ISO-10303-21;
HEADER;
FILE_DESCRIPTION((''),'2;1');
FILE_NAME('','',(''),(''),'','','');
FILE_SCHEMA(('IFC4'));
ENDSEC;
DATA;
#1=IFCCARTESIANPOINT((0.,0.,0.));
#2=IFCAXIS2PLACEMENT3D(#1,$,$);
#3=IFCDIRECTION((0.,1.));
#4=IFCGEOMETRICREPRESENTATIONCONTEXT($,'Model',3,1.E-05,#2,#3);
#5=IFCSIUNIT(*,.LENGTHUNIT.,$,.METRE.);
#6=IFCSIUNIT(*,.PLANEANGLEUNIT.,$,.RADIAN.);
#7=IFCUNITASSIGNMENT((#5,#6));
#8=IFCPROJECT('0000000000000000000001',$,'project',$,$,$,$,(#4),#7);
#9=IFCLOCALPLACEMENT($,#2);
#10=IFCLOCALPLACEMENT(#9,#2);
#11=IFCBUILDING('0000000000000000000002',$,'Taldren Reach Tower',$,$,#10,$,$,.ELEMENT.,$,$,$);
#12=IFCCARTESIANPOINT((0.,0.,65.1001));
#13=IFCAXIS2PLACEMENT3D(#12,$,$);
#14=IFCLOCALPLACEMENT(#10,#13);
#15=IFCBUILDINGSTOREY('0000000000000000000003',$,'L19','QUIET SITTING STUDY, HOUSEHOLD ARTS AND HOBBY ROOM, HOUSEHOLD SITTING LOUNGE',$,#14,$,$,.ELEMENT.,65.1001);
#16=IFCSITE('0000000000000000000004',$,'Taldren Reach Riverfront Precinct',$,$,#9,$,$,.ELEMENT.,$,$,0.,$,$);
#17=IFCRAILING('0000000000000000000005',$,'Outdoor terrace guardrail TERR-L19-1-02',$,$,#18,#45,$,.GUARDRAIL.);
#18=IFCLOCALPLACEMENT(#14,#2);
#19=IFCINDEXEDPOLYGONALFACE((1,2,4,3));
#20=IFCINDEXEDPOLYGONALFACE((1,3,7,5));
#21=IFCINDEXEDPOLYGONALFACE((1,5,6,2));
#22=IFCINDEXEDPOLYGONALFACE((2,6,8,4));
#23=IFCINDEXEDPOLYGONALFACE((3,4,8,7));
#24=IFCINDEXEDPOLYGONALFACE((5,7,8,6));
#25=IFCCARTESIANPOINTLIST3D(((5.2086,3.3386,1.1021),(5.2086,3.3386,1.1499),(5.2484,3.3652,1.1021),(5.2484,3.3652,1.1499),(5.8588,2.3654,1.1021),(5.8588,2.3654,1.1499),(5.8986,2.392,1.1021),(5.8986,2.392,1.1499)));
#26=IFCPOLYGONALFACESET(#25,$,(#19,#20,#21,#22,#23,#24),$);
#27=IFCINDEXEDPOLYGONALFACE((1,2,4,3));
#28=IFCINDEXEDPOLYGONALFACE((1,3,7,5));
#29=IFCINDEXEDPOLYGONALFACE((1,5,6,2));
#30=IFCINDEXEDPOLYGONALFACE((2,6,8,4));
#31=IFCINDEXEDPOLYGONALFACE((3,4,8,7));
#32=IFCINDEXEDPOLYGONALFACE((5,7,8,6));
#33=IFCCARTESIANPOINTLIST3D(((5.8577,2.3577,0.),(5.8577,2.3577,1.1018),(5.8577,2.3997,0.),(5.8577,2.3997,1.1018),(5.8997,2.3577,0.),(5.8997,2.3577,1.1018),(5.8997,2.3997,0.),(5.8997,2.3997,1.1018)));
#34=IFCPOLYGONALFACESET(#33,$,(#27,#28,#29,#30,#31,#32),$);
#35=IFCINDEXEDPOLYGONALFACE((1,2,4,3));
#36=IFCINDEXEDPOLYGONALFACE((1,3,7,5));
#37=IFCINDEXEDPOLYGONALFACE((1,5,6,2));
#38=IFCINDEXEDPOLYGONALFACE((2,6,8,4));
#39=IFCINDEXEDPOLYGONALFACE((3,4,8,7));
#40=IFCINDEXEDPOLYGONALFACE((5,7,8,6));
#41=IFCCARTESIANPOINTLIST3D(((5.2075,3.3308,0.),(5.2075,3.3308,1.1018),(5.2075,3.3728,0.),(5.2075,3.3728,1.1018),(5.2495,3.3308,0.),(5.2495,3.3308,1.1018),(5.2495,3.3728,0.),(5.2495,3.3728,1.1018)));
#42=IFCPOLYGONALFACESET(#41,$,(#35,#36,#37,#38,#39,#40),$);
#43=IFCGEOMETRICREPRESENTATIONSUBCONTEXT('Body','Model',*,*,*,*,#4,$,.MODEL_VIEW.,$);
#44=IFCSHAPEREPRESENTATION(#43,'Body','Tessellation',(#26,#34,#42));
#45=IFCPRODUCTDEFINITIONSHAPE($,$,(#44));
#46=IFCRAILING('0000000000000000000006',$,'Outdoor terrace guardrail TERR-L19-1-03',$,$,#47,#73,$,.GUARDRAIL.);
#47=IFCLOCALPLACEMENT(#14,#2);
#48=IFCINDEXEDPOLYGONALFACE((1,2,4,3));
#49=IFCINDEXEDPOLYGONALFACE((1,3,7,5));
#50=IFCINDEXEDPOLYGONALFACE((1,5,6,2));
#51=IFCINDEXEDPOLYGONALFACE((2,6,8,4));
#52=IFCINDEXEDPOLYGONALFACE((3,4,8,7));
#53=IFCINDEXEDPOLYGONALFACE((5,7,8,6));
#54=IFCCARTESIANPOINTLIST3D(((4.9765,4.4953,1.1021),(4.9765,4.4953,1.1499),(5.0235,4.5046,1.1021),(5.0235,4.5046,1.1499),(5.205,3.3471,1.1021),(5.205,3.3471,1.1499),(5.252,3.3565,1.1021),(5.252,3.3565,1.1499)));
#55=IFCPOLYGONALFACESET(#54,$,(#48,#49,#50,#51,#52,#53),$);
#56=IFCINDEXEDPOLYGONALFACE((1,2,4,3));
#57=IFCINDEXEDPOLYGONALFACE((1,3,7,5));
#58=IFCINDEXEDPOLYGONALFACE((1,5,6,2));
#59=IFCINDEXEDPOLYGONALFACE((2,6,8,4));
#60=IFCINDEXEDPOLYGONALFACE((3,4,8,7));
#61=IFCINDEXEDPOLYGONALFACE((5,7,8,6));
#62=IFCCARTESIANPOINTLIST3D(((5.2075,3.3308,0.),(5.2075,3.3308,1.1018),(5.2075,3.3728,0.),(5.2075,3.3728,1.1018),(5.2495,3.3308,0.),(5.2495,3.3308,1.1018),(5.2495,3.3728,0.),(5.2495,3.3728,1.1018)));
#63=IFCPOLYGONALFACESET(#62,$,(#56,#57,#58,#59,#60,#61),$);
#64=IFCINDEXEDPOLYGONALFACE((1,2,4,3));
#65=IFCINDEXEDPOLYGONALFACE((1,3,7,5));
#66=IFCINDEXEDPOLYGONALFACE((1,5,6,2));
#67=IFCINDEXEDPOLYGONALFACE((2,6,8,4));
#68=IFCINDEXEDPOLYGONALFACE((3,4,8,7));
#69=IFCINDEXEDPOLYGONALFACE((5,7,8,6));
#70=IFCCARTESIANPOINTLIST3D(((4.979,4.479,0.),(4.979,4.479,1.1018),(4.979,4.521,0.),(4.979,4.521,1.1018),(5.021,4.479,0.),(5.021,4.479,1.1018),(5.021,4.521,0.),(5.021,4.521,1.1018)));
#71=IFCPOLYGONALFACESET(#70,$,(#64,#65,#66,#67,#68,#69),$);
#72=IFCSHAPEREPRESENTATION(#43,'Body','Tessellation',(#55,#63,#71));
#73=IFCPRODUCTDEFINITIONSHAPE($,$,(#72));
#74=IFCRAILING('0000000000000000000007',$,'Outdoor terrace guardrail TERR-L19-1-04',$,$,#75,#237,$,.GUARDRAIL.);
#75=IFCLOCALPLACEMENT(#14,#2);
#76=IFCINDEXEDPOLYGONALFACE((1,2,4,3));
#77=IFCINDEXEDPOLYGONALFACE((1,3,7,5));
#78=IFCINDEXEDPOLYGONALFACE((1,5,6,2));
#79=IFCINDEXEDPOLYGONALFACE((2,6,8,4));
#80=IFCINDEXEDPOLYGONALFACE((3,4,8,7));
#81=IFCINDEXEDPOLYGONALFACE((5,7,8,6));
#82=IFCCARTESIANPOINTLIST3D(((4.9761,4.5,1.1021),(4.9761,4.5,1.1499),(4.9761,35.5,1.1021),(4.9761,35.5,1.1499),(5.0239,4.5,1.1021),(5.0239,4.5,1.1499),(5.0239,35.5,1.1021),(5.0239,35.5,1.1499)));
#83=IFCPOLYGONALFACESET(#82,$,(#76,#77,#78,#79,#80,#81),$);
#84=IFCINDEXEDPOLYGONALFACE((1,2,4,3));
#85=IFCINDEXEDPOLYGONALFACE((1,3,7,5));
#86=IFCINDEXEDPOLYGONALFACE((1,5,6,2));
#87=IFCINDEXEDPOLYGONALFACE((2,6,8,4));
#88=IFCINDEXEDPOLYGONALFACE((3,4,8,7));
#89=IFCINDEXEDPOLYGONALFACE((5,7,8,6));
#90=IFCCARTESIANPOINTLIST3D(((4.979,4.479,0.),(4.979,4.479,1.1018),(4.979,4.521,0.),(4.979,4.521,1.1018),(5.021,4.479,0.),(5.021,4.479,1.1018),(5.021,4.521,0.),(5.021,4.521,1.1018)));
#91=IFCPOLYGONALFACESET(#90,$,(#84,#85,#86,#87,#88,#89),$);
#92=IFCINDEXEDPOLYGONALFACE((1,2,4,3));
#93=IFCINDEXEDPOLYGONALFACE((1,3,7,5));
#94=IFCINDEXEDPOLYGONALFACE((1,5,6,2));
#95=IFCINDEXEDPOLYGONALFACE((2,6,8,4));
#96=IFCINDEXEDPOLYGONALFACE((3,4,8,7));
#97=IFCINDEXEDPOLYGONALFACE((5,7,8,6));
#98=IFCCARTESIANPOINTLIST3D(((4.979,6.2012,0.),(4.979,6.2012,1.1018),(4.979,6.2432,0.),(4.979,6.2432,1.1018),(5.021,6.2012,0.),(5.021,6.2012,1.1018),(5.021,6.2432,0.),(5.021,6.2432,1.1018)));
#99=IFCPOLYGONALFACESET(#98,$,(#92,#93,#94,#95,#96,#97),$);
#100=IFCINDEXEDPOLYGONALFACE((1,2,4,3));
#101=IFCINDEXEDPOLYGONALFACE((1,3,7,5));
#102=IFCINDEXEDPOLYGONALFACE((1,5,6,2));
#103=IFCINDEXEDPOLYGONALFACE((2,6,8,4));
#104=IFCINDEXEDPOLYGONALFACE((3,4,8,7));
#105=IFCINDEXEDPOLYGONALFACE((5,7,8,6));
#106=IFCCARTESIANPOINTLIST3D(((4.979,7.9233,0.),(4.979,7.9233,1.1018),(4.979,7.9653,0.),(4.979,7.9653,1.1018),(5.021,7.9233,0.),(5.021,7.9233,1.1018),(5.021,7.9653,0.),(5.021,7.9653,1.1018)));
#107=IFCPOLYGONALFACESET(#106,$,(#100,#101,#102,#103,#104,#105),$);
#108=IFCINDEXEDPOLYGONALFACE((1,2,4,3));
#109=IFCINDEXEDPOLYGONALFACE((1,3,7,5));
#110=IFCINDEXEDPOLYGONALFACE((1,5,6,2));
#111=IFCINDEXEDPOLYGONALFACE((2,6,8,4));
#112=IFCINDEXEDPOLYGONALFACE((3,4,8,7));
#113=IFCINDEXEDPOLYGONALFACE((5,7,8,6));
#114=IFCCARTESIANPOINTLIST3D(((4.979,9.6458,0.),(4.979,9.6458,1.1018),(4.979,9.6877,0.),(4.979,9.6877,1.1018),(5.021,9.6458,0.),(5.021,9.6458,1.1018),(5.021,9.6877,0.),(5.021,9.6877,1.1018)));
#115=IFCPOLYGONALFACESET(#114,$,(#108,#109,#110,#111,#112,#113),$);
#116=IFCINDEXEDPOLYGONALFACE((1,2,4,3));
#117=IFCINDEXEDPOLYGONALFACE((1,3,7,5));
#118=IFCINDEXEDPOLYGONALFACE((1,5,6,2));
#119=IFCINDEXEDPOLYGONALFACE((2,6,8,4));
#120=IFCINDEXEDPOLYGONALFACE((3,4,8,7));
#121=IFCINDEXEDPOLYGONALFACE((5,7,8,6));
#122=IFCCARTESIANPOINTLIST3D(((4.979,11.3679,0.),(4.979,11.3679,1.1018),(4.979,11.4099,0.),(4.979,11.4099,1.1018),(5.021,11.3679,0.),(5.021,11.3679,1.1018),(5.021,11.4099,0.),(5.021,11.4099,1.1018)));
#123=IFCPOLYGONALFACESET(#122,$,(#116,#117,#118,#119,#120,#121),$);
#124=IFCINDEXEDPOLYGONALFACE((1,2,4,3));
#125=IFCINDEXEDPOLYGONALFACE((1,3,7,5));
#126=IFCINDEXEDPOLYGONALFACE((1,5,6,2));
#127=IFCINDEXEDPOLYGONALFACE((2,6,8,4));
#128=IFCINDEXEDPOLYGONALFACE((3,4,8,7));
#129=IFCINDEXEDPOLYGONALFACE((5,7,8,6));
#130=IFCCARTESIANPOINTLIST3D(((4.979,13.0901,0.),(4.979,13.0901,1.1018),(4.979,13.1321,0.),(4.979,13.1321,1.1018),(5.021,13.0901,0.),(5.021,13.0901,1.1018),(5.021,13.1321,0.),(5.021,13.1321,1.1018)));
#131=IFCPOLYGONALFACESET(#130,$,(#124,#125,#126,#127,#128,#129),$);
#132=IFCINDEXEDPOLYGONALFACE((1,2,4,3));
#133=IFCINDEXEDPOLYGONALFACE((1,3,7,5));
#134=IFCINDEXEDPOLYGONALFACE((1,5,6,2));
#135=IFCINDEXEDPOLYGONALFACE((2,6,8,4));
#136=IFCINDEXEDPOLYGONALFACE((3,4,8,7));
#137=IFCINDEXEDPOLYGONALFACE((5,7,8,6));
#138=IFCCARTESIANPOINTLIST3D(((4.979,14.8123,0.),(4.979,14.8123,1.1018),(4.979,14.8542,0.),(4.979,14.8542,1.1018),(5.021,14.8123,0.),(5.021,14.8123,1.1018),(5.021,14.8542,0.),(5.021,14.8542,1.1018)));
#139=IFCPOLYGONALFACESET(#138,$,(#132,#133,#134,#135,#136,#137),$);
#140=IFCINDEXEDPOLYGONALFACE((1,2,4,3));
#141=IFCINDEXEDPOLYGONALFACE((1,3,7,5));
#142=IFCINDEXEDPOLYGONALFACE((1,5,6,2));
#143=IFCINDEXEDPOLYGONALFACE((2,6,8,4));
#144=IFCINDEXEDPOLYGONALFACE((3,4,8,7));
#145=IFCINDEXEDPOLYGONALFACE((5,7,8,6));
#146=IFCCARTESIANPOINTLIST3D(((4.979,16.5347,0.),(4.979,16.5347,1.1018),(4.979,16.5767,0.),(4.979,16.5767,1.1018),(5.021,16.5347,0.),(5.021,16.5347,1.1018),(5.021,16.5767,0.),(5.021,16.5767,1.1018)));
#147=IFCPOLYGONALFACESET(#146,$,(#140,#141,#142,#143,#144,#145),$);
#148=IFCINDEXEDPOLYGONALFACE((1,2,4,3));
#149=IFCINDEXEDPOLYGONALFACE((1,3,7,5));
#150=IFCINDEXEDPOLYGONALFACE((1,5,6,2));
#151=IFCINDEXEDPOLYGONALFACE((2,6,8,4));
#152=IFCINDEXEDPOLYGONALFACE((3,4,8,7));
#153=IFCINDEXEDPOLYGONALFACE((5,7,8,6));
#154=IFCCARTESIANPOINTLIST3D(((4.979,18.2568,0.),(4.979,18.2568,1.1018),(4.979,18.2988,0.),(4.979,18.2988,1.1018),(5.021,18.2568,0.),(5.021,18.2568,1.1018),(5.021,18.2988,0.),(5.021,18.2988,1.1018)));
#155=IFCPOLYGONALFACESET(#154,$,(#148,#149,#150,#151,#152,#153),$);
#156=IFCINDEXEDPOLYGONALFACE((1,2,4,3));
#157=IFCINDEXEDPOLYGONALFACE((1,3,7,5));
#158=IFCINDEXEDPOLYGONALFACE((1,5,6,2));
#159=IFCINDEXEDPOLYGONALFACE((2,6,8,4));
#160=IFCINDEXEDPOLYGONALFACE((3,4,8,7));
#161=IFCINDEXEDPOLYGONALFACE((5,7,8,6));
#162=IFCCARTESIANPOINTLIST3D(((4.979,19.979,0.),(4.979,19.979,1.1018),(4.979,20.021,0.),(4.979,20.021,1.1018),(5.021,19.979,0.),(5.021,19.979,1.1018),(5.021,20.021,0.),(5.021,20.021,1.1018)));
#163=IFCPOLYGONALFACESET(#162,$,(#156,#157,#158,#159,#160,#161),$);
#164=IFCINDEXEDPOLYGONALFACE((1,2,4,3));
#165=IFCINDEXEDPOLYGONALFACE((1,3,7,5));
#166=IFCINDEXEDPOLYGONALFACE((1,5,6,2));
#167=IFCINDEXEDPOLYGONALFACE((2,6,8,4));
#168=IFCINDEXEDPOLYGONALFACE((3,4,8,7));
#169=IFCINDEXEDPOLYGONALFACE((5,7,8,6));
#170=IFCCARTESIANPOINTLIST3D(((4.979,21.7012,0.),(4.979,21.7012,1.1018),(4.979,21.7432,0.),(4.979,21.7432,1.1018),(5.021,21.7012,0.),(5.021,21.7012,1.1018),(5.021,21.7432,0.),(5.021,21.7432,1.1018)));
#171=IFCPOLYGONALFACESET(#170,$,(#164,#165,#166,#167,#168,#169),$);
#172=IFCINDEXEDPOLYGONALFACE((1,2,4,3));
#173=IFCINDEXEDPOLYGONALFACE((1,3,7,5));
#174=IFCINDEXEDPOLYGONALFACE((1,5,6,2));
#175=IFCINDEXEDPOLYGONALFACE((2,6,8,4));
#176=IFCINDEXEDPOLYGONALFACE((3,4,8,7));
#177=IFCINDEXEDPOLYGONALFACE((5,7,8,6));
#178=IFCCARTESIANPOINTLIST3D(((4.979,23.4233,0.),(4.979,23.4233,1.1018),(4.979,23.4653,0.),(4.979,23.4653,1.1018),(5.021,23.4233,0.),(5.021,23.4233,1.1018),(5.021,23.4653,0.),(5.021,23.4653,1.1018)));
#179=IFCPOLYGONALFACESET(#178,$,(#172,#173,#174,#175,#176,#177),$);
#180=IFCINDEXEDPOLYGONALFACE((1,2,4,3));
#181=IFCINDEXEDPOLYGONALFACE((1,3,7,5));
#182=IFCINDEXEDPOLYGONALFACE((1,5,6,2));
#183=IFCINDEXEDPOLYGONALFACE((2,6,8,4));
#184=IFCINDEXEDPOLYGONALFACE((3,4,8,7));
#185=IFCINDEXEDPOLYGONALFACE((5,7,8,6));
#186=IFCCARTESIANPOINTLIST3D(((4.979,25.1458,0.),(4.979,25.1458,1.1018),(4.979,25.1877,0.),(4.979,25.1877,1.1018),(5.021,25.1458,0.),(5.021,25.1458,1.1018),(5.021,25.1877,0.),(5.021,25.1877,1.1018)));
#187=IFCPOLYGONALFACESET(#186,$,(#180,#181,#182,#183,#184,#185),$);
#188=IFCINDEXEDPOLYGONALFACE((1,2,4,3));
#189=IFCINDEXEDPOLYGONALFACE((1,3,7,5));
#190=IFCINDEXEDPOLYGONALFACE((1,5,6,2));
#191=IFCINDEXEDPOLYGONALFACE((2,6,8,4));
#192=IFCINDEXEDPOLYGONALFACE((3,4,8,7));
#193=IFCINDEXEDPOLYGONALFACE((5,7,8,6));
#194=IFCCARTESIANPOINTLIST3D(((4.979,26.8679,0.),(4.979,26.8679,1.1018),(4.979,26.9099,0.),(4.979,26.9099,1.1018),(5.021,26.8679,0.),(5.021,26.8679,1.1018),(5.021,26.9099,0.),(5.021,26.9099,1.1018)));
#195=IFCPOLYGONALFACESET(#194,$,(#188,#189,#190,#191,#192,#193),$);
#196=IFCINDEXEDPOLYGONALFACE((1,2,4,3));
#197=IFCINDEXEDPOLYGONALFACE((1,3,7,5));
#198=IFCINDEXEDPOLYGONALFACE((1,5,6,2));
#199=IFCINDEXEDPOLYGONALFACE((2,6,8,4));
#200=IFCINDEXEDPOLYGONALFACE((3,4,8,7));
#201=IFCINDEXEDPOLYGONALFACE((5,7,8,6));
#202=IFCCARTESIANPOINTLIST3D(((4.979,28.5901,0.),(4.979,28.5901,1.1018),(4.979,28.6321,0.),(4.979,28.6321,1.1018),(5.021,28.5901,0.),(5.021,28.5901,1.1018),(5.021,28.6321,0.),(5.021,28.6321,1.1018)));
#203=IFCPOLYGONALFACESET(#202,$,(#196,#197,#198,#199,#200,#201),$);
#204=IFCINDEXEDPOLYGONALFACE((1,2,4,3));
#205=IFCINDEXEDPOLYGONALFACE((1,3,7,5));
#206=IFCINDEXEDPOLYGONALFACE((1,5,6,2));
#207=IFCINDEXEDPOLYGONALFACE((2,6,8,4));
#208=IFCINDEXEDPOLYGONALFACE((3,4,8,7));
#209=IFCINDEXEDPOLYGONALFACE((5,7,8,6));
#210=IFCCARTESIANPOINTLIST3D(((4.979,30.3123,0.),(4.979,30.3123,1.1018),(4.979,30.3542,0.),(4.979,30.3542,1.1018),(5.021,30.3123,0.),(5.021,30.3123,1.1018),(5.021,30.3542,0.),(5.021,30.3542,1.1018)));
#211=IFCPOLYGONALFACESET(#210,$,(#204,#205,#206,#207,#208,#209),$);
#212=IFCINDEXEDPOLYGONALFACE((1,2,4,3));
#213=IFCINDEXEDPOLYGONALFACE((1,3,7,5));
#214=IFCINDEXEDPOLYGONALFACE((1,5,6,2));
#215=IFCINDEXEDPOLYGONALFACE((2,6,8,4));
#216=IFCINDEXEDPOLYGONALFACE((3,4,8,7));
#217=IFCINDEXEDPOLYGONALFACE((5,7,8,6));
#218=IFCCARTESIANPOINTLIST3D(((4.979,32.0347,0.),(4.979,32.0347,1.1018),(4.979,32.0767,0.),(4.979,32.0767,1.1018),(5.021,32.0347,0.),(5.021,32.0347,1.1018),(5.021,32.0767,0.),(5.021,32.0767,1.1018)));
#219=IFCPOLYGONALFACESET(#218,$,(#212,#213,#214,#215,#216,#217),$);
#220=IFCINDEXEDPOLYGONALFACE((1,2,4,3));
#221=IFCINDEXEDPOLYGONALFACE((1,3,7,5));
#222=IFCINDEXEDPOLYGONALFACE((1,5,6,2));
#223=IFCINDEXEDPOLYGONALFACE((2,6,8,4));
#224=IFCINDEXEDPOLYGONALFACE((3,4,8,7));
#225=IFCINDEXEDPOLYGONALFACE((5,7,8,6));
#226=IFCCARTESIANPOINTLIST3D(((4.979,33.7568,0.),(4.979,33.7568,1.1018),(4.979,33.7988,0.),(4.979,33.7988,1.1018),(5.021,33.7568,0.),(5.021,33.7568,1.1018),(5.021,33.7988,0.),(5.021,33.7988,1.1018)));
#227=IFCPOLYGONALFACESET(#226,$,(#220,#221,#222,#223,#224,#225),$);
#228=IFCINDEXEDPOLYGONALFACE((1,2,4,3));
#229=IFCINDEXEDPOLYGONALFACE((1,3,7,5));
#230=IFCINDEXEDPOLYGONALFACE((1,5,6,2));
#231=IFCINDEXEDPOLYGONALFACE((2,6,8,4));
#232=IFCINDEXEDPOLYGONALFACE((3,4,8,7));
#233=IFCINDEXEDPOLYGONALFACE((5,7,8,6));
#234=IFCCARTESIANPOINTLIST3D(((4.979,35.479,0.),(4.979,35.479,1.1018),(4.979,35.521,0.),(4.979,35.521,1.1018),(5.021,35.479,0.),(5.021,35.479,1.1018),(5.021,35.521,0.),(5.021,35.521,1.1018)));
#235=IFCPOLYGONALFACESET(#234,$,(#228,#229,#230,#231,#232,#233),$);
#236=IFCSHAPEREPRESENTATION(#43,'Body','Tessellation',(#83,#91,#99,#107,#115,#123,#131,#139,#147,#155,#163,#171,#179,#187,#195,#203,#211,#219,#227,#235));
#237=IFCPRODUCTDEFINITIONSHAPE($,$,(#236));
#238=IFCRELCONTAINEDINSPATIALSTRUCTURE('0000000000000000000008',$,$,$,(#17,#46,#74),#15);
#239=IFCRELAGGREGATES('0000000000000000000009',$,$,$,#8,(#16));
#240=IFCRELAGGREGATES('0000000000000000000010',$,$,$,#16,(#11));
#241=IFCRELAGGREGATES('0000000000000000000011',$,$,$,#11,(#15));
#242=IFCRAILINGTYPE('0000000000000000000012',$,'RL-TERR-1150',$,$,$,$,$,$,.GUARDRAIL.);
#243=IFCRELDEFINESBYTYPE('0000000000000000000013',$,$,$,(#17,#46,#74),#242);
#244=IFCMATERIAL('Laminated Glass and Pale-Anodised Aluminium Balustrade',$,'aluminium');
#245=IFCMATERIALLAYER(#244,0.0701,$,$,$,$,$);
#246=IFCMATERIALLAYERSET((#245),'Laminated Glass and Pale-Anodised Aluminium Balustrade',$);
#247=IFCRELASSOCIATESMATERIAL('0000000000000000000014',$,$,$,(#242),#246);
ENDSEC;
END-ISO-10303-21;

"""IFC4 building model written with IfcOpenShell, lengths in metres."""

from ifc_helpers import new_model, si_unit, direction, frame, origin, origin_2d, place, context, subcontext, project, spatial, rectangle, extrude, material, layer, layer_set, type_object, element, save


model = new_model("IFC4")

# Units and contexts
model_context = context("Model", 3, precision=1e-05, world=origin(), true_north=direction((0.0, 1.0)))
body_context = subcontext(model_context, "Body", "Model", "MODEL_VIEW")
ifc_project = project(units=[si_unit("LENGTHUNIT", "METRE"), si_unit("PLANEANGLEUNIT", "RADIAN")], contexts=[model_context])

# Site, building, storey
site_placement = place(None, origin())
site = spatial("IfcSite", under=ifc_project, at=site_placement, Name="Taldren Reach Riverfront Precinct", CompositionType="ELEMENT", RefElevation=0.0)
building_placement = place(site_placement, origin())
building = spatial("IfcBuilding", under=site, at=building_placement, Name="Taldren Reach Tower", CompositionType="ELEMENT")
storey_placement = place(building_placement, frame((0.0, 0.0, 65.1001)))
storey = spatial("IfcBuildingStorey", under=building, at=storey_placement, Name="L19", Description="QUIET SITTING STUDY, HOUSEHOLD ARTS AND HOBBY ROOM, HOUSEHOLD SITTING LOUNGE", CompositionType="ELEMENT", Elevation=65.1001)

# Railings
ifc_material_1 = material(Name="Laminated Glass and Pale-Anodised Aluminium Balustrade", Category="aluminium")
ifc_layer_1 = layer(ifc_material_1, 0.0701)
ifc_layer_set_1 = layer_set([ifc_layer_1], Name="Laminated Glass and Pale-Anodised Aluminium Balustrade")
railing_type = type_object("IfcRailingType", Name="RL-TERR-1150", PredefinedType="GUARDRAIL", material=ifc_layer_set_1)
railing_1_placement = place(storey_placement, frame((5.8787, 2.3787, 0.0)))
element("IfcRailing", 1, at=railing_1_placement, inside=storey, type_object=railing_type, Name="Outdoor terrace guardrail TERR-L19-1-02", PredefinedType="GUARDRAIL", context=body_context, shape_type="SweptSolid", body=[
    extrude(rectangle(XDim=0.0479, YDim=0.0479, at=origin_2d()), frame((0.0, 0.0, 1.126), z_axis=(-0.555518, 0.831504, 0.0), x_axis=(-0.831504, -0.555518, 0.0)), (0.0, 0.0, 1.0), 1.1704),
    extrude(rectangle(XDim=0.042, YDim=0.042, at=origin_2d()), origin(), (0.0, 0.0, 1.0), 1.1018),
    extrude(rectangle(XDim=0.042, YDim=0.042, at=origin_2d()), frame((-0.6501, 0.9731, 0.0)), (0.0, 0.0, 1.0), 1.1018),
])
railing_2_placement = place(storey_placement, frame((5.2285, 3.3518, 0.0)))
element("IfcRailing", 2, at=railing_2_placement, inside=storey, type_object=railing_type, Name="Outdoor terrace guardrail TERR-L19-1-03", PredefinedType="GUARDRAIL", context=body_context, shape_type="SweptSolid", body=[
    extrude(rectangle(XDim=0.0479, YDim=0.0479, at=origin_2d()), frame((0.0, 0.0, 1.126), z_axis=(-0.195194, 0.980765, 0.0), x_axis=(-0.980765, -0.195194, 0.0)), (0.0, 0.0, 1.0), 1.1707),
    extrude(rectangle(XDim=0.042, YDim=0.042, at=origin_2d()), origin(), (0.0, 0.0, 1.0), 1.1018),
    extrude(rectangle(XDim=0.042, YDim=0.042, at=origin_2d()), frame((-0.2285, 1.1482, 0.0)), (0.0, 0.0, 1.0), 1.1018),
])
railing_3_placement = place(storey_placement, frame((5.0, 4.5, 0.0)))
element("IfcRailing", 3, at=railing_3_placement, inside=storey, type_object=railing_type, Name="Outdoor terrace guardrail TERR-L19-1-04", PredefinedType="GUARDRAIL", context=body_context, shape_type="SweptSolid", body=[
    extrude(rectangle(XDim=0.0479, YDim=0.0479, at=origin_2d()), frame((0.0, 0.0, 1.126), z_axis=(0.0, 1.0, 0.0), x_axis=(-1.0, 0.0, 0.0)), (0.0, 0.0, 1.0), 31.0),
    extrude(rectangle(XDim=0.042, YDim=0.042, at=origin_2d()), origin(), (0.0, 0.0, 1.0), 1.1018),
    extrude(rectangle(XDim=0.042, YDim=0.042, at=origin_2d()), frame((0.0, 1.7222, 0.0)), (0.0, 0.0, 1.0), 1.1018),
    extrude(rectangle(XDim=0.042, YDim=0.042, at=origin_2d()), frame((0.0, 3.4443, 0.0)), (0.0, 0.0, 1.0), 1.1018),
    extrude(rectangle(XDim=0.042, YDim=0.042, at=origin_2d()), frame((0.0, 5.1667, 0.0)), (0.0, 0.0, 1.0), 1.1018),
    extrude(rectangle(XDim=0.042, YDim=0.042, at=origin_2d()), frame((0.0, 6.8889, 0.0)), (0.0, 0.0, 1.0), 1.1018),
    extrude(rectangle(XDim=0.042, YDim=0.042, at=origin_2d()), frame((0.0, 8.6111, 0.0)), (0.0, 0.0, 1.0), 1.1018),
    extrude(rectangle(XDim=0.042, YDim=0.042, at=origin_2d()), frame((0.0, 10.3333, 0.0)), (0.0, 0.0, 1.0), 1.1018),
    extrude(rectangle(XDim=0.042, YDim=0.042, at=origin_2d()), frame((0.0, 12.0557, 0.0)), (0.0, 0.0, 1.0), 1.1018),
    extrude(rectangle(XDim=0.042, YDim=0.042, at=origin_2d()), frame((0.0, 13.7778, 0.0)), (0.0, 0.0, 1.0), 1.1018),
    extrude(rectangle(XDim=0.042, YDim=0.042, at=origin_2d()), frame((0.0, 15.5, 0.0)), (0.0, 0.0, 1.0), 1.1018),
    extrude(rectangle(XDim=0.042, YDim=0.042, at=origin_2d()), frame((0.0, 17.2222, 0.0)), (0.0, 0.0, 1.0), 1.1018),
    extrude(rectangle(XDim=0.042, YDim=0.042, at=origin_2d()), frame((0.0, 18.9443, 0.0)), (0.0, 0.0, 1.0), 1.1018),
    extrude(rectangle(XDim=0.042, YDim=0.042, at=origin_2d()), frame((0.0, 20.6667, 0.0)), (0.0, 0.0, 1.0), 1.1018),
    extrude(rectangle(XDim=0.042, YDim=0.042, at=origin_2d()), frame((0.0, 22.3889, 0.0)), (0.0, 0.0, 1.0), 1.1018),
    extrude(rectangle(XDim=0.042, YDim=0.042, at=origin_2d()), frame((0.0, 24.1111, 0.0)), (0.0, 0.0, 1.0), 1.1018),
    extrude(rectangle(XDim=0.042, YDim=0.042, at=origin_2d()), frame((0.0, 25.8333, 0.0)), (0.0, 0.0, 1.0), 1.1018),
    extrude(rectangle(XDim=0.042, YDim=0.042, at=origin_2d()), frame((0.0, 27.5557, 0.0)), (0.0, 0.0, 1.0), 1.1018),
    extrude(rectangle(XDim=0.042, YDim=0.042, at=origin_2d()), frame((0.0, 29.2778, 0.0)), (0.0, 0.0, 1.0), 1.1018),
    extrude(rectangle(XDim=0.042, YDim=0.042, at=origin_2d()), frame((0.0, 31.0, 0.0)), (0.0, 0.0, 1.0), 1.1018),
])

save(model, "model.ifc")
